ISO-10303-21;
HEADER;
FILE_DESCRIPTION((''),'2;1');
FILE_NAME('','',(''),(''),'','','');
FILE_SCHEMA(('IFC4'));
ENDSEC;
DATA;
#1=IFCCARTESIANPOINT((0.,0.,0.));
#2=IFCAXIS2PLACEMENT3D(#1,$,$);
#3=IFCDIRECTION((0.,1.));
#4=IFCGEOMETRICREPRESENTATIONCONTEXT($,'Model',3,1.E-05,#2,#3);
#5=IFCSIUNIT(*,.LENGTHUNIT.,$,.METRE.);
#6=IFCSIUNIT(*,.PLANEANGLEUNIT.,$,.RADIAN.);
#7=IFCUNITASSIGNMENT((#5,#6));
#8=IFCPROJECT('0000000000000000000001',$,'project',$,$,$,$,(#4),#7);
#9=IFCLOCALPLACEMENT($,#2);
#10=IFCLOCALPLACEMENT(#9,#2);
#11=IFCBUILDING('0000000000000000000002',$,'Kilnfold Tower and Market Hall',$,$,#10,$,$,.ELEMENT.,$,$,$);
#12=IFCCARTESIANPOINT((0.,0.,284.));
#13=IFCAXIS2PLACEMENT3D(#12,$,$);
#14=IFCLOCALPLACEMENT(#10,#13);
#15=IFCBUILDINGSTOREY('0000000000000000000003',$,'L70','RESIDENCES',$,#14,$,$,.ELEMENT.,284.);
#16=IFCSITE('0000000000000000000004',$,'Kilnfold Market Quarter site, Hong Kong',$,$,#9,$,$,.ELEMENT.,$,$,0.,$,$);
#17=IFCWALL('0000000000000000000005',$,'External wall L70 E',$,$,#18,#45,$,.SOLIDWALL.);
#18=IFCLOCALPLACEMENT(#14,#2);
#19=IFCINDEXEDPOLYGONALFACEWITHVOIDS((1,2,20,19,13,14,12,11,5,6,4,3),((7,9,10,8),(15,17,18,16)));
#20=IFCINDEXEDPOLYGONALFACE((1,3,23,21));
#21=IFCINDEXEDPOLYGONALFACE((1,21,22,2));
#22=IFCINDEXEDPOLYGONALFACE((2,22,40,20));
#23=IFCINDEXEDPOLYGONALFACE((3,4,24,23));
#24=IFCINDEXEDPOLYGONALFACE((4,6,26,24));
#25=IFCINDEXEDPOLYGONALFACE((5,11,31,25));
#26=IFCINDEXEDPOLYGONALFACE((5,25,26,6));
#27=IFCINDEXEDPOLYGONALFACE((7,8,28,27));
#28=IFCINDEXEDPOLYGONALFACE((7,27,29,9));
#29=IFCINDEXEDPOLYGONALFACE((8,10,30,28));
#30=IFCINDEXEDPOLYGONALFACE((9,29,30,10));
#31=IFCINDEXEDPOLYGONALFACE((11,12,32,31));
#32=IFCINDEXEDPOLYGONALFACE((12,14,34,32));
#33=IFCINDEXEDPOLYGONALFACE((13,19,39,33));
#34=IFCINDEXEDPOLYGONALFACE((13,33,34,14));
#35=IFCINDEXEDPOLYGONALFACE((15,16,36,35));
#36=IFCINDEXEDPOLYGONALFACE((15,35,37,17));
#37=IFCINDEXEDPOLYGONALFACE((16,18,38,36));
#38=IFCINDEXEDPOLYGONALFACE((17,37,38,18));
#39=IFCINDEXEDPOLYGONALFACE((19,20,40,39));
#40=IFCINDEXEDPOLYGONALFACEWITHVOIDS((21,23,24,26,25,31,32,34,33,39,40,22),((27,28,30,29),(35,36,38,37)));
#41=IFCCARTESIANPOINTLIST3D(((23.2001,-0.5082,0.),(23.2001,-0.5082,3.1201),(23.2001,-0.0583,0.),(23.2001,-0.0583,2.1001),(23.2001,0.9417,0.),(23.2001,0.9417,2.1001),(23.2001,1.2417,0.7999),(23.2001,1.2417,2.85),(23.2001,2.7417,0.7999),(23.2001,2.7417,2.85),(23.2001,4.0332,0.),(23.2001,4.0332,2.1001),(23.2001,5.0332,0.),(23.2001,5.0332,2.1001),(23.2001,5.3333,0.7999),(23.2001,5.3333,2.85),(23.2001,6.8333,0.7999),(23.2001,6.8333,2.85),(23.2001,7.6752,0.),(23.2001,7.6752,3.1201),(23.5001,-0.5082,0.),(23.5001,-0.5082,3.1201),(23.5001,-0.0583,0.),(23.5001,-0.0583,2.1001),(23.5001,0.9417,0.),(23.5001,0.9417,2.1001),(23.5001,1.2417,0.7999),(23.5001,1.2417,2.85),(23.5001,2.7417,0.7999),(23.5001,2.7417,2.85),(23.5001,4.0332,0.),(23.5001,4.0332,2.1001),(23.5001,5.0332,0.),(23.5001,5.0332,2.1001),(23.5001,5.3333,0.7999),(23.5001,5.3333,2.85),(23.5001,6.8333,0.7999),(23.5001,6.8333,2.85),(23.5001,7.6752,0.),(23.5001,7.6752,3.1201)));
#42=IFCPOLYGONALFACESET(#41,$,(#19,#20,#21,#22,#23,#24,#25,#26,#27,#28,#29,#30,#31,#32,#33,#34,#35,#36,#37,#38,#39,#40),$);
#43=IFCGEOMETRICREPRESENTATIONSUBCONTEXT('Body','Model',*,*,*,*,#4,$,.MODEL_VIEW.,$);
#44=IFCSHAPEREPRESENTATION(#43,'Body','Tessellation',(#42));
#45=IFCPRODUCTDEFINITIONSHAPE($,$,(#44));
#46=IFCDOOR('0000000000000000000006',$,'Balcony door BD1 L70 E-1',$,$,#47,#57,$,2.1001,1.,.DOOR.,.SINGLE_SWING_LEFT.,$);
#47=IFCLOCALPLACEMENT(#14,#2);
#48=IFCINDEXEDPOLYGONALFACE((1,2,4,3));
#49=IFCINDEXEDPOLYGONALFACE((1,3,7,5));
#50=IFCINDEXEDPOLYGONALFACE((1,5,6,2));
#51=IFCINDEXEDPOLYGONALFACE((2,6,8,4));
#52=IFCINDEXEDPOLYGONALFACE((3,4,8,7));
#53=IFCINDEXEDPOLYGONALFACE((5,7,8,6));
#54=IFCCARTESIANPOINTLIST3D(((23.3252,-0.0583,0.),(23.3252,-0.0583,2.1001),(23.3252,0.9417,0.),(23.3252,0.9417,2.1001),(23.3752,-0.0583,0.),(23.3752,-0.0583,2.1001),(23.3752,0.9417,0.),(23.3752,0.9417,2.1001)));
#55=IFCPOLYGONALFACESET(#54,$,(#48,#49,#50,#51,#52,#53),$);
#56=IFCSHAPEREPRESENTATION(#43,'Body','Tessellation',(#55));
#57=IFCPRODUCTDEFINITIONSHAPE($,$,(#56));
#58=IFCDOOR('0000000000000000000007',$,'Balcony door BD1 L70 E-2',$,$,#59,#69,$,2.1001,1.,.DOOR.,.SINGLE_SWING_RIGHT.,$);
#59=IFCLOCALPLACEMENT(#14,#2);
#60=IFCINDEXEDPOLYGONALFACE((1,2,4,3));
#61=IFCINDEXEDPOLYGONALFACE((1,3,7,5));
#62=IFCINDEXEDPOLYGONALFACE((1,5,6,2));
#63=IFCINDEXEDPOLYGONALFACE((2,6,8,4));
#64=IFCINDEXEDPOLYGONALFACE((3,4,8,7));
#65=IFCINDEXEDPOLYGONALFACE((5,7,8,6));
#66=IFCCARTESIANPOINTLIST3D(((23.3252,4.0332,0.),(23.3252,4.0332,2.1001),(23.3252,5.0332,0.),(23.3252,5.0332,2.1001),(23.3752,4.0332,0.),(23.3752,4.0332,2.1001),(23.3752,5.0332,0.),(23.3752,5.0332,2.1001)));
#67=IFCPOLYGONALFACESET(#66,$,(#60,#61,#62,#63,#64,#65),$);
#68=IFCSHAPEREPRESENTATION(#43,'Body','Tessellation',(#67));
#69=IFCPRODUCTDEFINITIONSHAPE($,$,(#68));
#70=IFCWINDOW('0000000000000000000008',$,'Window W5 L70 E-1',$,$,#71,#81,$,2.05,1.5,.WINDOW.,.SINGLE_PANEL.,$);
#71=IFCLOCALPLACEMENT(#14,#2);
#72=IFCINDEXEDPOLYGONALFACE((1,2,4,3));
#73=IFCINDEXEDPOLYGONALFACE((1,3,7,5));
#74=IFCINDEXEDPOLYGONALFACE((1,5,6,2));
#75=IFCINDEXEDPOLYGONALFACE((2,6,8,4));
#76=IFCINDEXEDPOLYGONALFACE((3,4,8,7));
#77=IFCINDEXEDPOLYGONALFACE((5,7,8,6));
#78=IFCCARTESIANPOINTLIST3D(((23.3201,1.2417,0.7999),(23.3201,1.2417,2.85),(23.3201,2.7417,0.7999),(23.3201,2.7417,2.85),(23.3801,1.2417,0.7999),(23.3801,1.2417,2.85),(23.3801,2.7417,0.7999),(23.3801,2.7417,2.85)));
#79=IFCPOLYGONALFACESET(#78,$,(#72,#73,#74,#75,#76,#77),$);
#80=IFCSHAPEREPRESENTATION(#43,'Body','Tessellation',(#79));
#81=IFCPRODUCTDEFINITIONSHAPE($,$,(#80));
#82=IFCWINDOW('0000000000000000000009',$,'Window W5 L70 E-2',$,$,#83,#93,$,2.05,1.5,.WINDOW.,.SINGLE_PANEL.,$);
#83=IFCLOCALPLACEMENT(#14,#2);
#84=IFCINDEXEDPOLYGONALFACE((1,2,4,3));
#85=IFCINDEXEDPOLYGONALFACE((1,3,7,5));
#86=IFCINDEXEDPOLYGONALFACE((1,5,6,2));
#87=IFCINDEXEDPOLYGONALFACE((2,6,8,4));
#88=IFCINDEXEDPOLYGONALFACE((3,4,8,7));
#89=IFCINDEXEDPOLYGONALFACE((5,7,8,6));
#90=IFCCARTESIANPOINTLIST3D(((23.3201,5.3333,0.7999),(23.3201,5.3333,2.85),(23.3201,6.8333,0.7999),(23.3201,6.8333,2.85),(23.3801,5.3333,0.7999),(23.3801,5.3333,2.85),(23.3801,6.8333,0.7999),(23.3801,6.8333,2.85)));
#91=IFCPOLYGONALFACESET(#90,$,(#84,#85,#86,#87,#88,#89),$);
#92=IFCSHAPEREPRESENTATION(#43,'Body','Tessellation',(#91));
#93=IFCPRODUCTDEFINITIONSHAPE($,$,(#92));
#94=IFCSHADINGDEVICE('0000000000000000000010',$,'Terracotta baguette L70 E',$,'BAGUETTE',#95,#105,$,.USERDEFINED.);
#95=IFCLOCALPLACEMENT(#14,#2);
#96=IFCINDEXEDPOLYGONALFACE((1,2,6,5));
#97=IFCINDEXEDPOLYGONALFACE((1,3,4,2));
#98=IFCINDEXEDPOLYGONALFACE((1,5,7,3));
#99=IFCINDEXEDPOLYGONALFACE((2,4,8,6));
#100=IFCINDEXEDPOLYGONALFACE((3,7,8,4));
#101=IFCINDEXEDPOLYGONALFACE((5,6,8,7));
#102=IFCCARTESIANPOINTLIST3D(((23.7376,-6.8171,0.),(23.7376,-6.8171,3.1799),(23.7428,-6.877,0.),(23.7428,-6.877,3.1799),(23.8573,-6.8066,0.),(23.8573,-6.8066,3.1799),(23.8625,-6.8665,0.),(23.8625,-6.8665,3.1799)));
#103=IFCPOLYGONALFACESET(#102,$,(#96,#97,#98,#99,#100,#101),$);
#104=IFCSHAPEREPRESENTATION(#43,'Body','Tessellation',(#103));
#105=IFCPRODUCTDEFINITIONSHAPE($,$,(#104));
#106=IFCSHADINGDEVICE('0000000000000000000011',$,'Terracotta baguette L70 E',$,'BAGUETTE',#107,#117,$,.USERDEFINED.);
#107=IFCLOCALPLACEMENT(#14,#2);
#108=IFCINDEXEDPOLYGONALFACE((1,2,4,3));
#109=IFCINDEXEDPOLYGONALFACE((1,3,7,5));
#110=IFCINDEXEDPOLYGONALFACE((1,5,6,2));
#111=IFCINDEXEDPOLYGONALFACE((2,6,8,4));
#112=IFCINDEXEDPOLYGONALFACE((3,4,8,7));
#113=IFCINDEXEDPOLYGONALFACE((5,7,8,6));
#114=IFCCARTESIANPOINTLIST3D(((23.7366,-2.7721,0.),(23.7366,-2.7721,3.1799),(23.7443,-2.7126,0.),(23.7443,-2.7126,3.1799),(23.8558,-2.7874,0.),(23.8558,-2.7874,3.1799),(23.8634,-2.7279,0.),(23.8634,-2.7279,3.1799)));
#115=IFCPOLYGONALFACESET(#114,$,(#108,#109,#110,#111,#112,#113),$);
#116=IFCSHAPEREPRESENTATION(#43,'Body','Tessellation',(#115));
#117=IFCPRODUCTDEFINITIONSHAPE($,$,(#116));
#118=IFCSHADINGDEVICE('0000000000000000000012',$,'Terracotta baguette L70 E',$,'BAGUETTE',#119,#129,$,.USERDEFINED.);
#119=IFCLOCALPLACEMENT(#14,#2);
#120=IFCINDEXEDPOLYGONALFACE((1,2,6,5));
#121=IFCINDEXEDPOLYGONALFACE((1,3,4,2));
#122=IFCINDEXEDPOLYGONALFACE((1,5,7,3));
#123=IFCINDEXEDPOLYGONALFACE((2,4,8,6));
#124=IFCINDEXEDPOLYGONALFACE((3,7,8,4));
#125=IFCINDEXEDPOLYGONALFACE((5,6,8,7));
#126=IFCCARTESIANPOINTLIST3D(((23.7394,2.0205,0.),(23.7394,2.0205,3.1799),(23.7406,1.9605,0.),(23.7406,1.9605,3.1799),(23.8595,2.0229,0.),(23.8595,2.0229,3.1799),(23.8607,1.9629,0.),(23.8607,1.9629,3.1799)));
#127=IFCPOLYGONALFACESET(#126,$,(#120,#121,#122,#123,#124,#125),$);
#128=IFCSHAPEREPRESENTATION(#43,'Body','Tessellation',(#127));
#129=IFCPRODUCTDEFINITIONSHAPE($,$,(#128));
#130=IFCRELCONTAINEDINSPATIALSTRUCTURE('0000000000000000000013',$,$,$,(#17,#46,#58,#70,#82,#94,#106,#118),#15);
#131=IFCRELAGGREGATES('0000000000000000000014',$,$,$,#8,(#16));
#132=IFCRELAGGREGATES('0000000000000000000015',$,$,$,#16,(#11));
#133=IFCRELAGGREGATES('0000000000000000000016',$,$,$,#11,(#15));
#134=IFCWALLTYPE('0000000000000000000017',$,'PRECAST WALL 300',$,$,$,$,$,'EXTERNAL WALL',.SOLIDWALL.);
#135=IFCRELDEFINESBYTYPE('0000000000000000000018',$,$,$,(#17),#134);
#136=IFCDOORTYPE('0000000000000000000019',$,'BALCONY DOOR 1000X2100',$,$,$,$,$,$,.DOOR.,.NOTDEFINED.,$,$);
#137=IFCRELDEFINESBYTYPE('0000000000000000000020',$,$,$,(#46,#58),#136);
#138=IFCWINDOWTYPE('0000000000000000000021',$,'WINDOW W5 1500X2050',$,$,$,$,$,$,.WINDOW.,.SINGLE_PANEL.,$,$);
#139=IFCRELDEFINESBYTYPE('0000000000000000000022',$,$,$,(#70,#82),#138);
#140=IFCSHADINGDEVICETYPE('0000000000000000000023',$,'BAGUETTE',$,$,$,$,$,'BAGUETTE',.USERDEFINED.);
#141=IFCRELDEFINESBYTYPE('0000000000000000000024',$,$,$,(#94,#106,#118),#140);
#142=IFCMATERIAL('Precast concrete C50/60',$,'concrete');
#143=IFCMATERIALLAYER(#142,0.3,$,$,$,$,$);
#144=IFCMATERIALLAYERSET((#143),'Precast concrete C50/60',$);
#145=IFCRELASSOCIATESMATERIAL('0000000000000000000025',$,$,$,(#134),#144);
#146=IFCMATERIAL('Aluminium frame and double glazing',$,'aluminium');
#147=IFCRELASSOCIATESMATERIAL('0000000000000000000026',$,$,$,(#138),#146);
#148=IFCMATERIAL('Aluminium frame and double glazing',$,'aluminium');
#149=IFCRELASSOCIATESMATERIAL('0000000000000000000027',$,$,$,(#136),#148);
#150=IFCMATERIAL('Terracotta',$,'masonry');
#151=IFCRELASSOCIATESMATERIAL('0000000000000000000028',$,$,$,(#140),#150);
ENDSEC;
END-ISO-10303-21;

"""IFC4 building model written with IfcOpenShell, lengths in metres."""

from ifc_helpers import new_model, si_unit, direction, frame, frame_2d, origin, origin_2d, place, context, subcontext, project, spatial, rectangle, extrude, source, transform, mapped, material, layer, layer_set, material_profile, profile_set, type_object, element, fill, save


model = new_model("IFC4")

# Units and contexts
model_context = context("Model", 3, precision=1e-05, world=origin(), true_north=direction((0.0, 1.0)))
body_context = subcontext(model_context, "Body", "Model", "MODEL_VIEW")
ifc_project = project(units=[si_unit("LENGTHUNIT", "METRE"), si_unit("PLANEANGLEUNIT", "RADIAN")], contexts=[model_context])

# Site, building, storey
site_placement = place(None, origin())
site = spatial("IfcSite", under=ifc_project, at=site_placement, Name="Kilnfold Market Quarter site, Hong Kong", CompositionType="ELEMENT", RefElevation=0.0)
building_placement = place(site_placement, origin())
building = spatial("IfcBuilding", under=site, at=building_placement, Name="Kilnfold Tower and Market Hall", CompositionType="ELEMENT")
storey_placement = place(building_placement, frame((0.0, 0.0, 284.0)))
storey = spatial("IfcBuildingStorey", under=building, at=storey_placement, Name="L70", Description="RESIDENCES", CompositionType="ELEMENT", Elevation=284.0)

# Shared definitions
ifc_material_1 = material(Name="Precast concrete C50/60", Category="concrete")
ifc_layer_1 = layer(ifc_material_1, 0.3)
ifc_layer_set_1 = layer_set([ifc_layer_1], Name="Precast concrete C50/60")
wall_type_1 = type_object("IfcWallType", Name="PRECAST WALL 300", ElementType="EXTERNAL WALL", PredefinedType="SOLIDWALL", material=ifc_layer_set_1)
ifc_material_2 = material(Name="Aluminium frame and double glazing", Category="aluminium")
window_type = type_object("IfcWindowType", Name="WINDOW W5 1500X2050", PartitioningType="SINGLE_PANEL", PredefinedType="WINDOW", material=ifc_material_2)

# Wall, openings, doors, windows
shared_shape_1 = source(origin(), body_context, "Body", "SweptSolid", [
    extrude(rectangle(XDim=8.1833, YDim=0.3, at=frame_2d((4.0918, 0.0))), origin(), (0.0, 0.0, 1.0), 3.1201),
])
wall_1_placement = place(storey_placement, frame((23.3501, -0.5083, 0.0), z_axis=(0.0, 0.0, 1.0), x_axis=(0.0, 1.0, 0.0)))
wall_1 = element("IfcWall", 1, at=wall_1_placement, inside=storey, type_object=wall_type_1, Name="External wall L70 E", PredefinedType="SOLIDWALL", context=body_context, shape_type="MappedRepresentation", body=[
    mapped(shared_shape_1, transform((0.0, 0.0, 0.0))),
])
opening_1_placement = place(wall_1_placement, frame((1.75, 0.0, 0.8)))
opening_1 = element("IfcOpeningElement", 2, at=opening_1_placement, cuts=wall_1, PredefinedType="OPENING", context=body_context, shape_type="SweptSolid", body=[
    extrude(rectangle(XDim=1.5, YDim=2.05, at=frame_2d((0.75, 1.0249))), frame((0.0, 0.1602, 0.0), z_axis=(0.0, -1.0, 0.0), x_axis=(1.0, 0.0, 0.0)), (0.0, 0.0, 1.0), 0.3201),
])
opening_2_placement = place(wall_1_placement, frame((0.45, 0.0, 0.0)))
opening_2 = element("IfcOpeningElement", 3, at=opening_2_placement, cuts=wall_1, PredefinedType="OPENING", context=body_context, shape_type="SweptSolid", body=[
    extrude(rectangle(XDim=1.0, YDim=2.1001, at=frame_2d((0.5, 1.05))), frame((0.0, 0.1602, 0.0), z_axis=(0.0, -1.0, 0.0), x_axis=(1.0, 0.0, 0.0)), (0.0, 0.0, 1.0), 0.3201),
])
opening_3_placement = place(wall_1_placement, frame((5.8416, 0.0, 0.8)))
opening_3 = element("IfcOpeningElement", 4, at=opening_3_placement, cuts=wall_1, PredefinedType="OPENING", context=body_context, shape_type="SweptSolid", body=[
    extrude(rectangle(XDim=1.5, YDim=2.05, at=frame_2d((0.75, 1.0249))), frame((0.0, 0.1602, 0.0), z_axis=(0.0, -1.0, 0.0), x_axis=(1.0, 0.0, 0.0)), (0.0, 0.0, 1.0), 0.3201),
])
opening_4_placement = place(wall_1_placement, frame((4.5415, 0.0, 0.0)))
opening_4 = element("IfcOpeningElement", 5, at=opening_4_placement, cuts=wall_1, PredefinedType="OPENING", context=body_context, shape_type="SweptSolid", body=[
    extrude(rectangle(XDim=1.0, YDim=2.1001, at=frame_2d((0.5, 1.05))), frame((0.0, 0.1602, 0.0), z_axis=(0.0, -1.0, 0.0), x_axis=(1.0, 0.0, 0.0)), (0.0, 0.0, 1.0), 0.3201),
])
ifc_material_3 = material(Name="Aluminium frame and double glazing", Category="aluminium")
door_type_1 = type_object("IfcDoorType", Name="BALCONY DOOR 1000X2100", OperationType="NOTDEFINED", PredefinedType="DOOR", material=ifc_material_3)
door_1_placement = place(opening_2_placement, origin())
door_1 = element("IfcDoor", 6, at=door_1_placement, inside=storey, type_object=door_type_1, Name="Balcony door BD1 L70 E-1", OperationType="SINGLE_SWING_LEFT", OverallHeight=2.1001, OverallWidth=1.0, PredefinedType="DOOR", context=body_context, shape_type="SweptSolid", body=[
    extrude(rectangle(XDim=1.0, YDim=2.1001, at=frame_2d((0.5, 1.05))), frame((0.0, 0.0249, 0.0), z_axis=(0.0, -1.0, 0.0), x_axis=(1.0, 0.0, 0.0)), (0.0, 0.0, 1.0), 0.05),
])
fill(opening_2, door_1)
door_2_placement = place(opening_4_placement, origin())
door_2 = element("IfcDoor", 7, at=door_2_placement, inside=storey, type_object=door_type_1, Name="Balcony door BD1 L70 E-2", OperationType="SINGLE_SWING_RIGHT", OverallHeight=2.1001, OverallWidth=1.0, PredefinedType="DOOR", context=body_context, shape_type="SweptSolid", body=[
    extrude(rectangle(XDim=1.0, YDim=2.1001, at=frame_2d((0.5, 1.05))), frame((0.0, 0.0249, 0.0), z_axis=(0.0, -1.0, 0.0), x_axis=(1.0, 0.0, 0.0)), (0.0, 0.0, 1.0), 0.05),
])
fill(opening_4, door_2)
window_1_placement = place(opening_1_placement, origin())
window_1 = element("IfcWindow", 8, at=window_1_placement, inside=storey, type_object=window_type, Name="Window W5 L70 E-1", OverallHeight=2.05, OverallWidth=1.5, PartitioningType="SINGLE_PANEL", PredefinedType="WINDOW", context=body_context, shape_type="SweptSolid", body=[
    extrude(rectangle(XDim=1.5, YDim=2.05, at=frame_2d((0.75, 1.0249))), frame((0.0, 0.03, 0.0), z_axis=(0.0, -1.0, 0.0), x_axis=(1.0, 0.0, 0.0)), (0.0, 0.0, 1.0), 0.0601),
])
fill(opening_1, window_1)
window_2_placement = place(opening_3_placement, origin())
window_2 = element("IfcWindow", 9, at=window_2_placement, inside=storey, type_object=window_type, Name="Window W5 L70 E-2", OverallHeight=2.05, OverallWidth=1.5, PartitioningType="SINGLE_PANEL", PredefinedType="WINDOW", context=body_context, shape_type="SweptSolid", body=[
    extrude(rectangle(XDim=1.5, YDim=2.05, at=frame_2d((0.75, 1.0249))), frame((0.0, 0.03, 0.0), z_axis=(0.0, -1.0, 0.0), x_axis=(1.0, 0.0, 0.0)), (0.0, 0.0, 1.0), 0.0601),
])
fill(opening_3, window_2)

# Shading devices
ifc_material_4 = material(Name="Terracotta", Category="masonry")
ifc_material_profile_1 = material_profile(ifc_material_4, rectangle(XDim=0.0601, YDim=0.1201, at=origin_2d()), Name="BAG 60x120")
ifc_profile_set_1 = profile_set([ifc_material_profile_1], Name="Terracotta")
shading_device_type = type_object("IfcShadingDeviceType", Name="BAGUETTE", ElementType="BAGUETTE", PredefinedType="USERDEFINED", material=ifc_profile_set_1)
shared_shape_2 = source(origin(), body_context, "Body", "SweptSolid", [
    extrude(rectangle(XDim=0.0601, YDim=0.1201, at=origin_2d()), origin(), (0.0, 0.0, 1.0), 3.1799),
])
for number, where, z_axis, x_axis, name in (
    (10, (23.8, -6.8418, 0.0), (0.0, 0.0, 1.0), (-0.087333, 0.996179, 0.0), "Terracotta baguette L70 E"),
    (11, (23.8, -2.75, 0.0), (0.0, 0.0, 1.0), (0.127638, 0.991821, 0.0), "Terracotta baguette L70 E"),
    (12, (23.8, 1.9917, 0.0), (0.0, 0.0, 1.0), (-0.020319, 0.999794, 0.0), "Terracotta baguette L70 E"),
):
    element("IfcShadingDevice", number, at=place(storey_placement, frame(where, z_axis=z_axis, x_axis=x_axis)), inside=storey, type_object=shading_device_type, Name=name, ObjectType="BAGUETTE", PredefinedType="USERDEFINED", context=body_context, shape_type="MappedRepresentation", body=[
        mapped(shared_shape_2, transform((0.0, 0.0, 0.0))),
    ])

save(model, "model.ifc")
